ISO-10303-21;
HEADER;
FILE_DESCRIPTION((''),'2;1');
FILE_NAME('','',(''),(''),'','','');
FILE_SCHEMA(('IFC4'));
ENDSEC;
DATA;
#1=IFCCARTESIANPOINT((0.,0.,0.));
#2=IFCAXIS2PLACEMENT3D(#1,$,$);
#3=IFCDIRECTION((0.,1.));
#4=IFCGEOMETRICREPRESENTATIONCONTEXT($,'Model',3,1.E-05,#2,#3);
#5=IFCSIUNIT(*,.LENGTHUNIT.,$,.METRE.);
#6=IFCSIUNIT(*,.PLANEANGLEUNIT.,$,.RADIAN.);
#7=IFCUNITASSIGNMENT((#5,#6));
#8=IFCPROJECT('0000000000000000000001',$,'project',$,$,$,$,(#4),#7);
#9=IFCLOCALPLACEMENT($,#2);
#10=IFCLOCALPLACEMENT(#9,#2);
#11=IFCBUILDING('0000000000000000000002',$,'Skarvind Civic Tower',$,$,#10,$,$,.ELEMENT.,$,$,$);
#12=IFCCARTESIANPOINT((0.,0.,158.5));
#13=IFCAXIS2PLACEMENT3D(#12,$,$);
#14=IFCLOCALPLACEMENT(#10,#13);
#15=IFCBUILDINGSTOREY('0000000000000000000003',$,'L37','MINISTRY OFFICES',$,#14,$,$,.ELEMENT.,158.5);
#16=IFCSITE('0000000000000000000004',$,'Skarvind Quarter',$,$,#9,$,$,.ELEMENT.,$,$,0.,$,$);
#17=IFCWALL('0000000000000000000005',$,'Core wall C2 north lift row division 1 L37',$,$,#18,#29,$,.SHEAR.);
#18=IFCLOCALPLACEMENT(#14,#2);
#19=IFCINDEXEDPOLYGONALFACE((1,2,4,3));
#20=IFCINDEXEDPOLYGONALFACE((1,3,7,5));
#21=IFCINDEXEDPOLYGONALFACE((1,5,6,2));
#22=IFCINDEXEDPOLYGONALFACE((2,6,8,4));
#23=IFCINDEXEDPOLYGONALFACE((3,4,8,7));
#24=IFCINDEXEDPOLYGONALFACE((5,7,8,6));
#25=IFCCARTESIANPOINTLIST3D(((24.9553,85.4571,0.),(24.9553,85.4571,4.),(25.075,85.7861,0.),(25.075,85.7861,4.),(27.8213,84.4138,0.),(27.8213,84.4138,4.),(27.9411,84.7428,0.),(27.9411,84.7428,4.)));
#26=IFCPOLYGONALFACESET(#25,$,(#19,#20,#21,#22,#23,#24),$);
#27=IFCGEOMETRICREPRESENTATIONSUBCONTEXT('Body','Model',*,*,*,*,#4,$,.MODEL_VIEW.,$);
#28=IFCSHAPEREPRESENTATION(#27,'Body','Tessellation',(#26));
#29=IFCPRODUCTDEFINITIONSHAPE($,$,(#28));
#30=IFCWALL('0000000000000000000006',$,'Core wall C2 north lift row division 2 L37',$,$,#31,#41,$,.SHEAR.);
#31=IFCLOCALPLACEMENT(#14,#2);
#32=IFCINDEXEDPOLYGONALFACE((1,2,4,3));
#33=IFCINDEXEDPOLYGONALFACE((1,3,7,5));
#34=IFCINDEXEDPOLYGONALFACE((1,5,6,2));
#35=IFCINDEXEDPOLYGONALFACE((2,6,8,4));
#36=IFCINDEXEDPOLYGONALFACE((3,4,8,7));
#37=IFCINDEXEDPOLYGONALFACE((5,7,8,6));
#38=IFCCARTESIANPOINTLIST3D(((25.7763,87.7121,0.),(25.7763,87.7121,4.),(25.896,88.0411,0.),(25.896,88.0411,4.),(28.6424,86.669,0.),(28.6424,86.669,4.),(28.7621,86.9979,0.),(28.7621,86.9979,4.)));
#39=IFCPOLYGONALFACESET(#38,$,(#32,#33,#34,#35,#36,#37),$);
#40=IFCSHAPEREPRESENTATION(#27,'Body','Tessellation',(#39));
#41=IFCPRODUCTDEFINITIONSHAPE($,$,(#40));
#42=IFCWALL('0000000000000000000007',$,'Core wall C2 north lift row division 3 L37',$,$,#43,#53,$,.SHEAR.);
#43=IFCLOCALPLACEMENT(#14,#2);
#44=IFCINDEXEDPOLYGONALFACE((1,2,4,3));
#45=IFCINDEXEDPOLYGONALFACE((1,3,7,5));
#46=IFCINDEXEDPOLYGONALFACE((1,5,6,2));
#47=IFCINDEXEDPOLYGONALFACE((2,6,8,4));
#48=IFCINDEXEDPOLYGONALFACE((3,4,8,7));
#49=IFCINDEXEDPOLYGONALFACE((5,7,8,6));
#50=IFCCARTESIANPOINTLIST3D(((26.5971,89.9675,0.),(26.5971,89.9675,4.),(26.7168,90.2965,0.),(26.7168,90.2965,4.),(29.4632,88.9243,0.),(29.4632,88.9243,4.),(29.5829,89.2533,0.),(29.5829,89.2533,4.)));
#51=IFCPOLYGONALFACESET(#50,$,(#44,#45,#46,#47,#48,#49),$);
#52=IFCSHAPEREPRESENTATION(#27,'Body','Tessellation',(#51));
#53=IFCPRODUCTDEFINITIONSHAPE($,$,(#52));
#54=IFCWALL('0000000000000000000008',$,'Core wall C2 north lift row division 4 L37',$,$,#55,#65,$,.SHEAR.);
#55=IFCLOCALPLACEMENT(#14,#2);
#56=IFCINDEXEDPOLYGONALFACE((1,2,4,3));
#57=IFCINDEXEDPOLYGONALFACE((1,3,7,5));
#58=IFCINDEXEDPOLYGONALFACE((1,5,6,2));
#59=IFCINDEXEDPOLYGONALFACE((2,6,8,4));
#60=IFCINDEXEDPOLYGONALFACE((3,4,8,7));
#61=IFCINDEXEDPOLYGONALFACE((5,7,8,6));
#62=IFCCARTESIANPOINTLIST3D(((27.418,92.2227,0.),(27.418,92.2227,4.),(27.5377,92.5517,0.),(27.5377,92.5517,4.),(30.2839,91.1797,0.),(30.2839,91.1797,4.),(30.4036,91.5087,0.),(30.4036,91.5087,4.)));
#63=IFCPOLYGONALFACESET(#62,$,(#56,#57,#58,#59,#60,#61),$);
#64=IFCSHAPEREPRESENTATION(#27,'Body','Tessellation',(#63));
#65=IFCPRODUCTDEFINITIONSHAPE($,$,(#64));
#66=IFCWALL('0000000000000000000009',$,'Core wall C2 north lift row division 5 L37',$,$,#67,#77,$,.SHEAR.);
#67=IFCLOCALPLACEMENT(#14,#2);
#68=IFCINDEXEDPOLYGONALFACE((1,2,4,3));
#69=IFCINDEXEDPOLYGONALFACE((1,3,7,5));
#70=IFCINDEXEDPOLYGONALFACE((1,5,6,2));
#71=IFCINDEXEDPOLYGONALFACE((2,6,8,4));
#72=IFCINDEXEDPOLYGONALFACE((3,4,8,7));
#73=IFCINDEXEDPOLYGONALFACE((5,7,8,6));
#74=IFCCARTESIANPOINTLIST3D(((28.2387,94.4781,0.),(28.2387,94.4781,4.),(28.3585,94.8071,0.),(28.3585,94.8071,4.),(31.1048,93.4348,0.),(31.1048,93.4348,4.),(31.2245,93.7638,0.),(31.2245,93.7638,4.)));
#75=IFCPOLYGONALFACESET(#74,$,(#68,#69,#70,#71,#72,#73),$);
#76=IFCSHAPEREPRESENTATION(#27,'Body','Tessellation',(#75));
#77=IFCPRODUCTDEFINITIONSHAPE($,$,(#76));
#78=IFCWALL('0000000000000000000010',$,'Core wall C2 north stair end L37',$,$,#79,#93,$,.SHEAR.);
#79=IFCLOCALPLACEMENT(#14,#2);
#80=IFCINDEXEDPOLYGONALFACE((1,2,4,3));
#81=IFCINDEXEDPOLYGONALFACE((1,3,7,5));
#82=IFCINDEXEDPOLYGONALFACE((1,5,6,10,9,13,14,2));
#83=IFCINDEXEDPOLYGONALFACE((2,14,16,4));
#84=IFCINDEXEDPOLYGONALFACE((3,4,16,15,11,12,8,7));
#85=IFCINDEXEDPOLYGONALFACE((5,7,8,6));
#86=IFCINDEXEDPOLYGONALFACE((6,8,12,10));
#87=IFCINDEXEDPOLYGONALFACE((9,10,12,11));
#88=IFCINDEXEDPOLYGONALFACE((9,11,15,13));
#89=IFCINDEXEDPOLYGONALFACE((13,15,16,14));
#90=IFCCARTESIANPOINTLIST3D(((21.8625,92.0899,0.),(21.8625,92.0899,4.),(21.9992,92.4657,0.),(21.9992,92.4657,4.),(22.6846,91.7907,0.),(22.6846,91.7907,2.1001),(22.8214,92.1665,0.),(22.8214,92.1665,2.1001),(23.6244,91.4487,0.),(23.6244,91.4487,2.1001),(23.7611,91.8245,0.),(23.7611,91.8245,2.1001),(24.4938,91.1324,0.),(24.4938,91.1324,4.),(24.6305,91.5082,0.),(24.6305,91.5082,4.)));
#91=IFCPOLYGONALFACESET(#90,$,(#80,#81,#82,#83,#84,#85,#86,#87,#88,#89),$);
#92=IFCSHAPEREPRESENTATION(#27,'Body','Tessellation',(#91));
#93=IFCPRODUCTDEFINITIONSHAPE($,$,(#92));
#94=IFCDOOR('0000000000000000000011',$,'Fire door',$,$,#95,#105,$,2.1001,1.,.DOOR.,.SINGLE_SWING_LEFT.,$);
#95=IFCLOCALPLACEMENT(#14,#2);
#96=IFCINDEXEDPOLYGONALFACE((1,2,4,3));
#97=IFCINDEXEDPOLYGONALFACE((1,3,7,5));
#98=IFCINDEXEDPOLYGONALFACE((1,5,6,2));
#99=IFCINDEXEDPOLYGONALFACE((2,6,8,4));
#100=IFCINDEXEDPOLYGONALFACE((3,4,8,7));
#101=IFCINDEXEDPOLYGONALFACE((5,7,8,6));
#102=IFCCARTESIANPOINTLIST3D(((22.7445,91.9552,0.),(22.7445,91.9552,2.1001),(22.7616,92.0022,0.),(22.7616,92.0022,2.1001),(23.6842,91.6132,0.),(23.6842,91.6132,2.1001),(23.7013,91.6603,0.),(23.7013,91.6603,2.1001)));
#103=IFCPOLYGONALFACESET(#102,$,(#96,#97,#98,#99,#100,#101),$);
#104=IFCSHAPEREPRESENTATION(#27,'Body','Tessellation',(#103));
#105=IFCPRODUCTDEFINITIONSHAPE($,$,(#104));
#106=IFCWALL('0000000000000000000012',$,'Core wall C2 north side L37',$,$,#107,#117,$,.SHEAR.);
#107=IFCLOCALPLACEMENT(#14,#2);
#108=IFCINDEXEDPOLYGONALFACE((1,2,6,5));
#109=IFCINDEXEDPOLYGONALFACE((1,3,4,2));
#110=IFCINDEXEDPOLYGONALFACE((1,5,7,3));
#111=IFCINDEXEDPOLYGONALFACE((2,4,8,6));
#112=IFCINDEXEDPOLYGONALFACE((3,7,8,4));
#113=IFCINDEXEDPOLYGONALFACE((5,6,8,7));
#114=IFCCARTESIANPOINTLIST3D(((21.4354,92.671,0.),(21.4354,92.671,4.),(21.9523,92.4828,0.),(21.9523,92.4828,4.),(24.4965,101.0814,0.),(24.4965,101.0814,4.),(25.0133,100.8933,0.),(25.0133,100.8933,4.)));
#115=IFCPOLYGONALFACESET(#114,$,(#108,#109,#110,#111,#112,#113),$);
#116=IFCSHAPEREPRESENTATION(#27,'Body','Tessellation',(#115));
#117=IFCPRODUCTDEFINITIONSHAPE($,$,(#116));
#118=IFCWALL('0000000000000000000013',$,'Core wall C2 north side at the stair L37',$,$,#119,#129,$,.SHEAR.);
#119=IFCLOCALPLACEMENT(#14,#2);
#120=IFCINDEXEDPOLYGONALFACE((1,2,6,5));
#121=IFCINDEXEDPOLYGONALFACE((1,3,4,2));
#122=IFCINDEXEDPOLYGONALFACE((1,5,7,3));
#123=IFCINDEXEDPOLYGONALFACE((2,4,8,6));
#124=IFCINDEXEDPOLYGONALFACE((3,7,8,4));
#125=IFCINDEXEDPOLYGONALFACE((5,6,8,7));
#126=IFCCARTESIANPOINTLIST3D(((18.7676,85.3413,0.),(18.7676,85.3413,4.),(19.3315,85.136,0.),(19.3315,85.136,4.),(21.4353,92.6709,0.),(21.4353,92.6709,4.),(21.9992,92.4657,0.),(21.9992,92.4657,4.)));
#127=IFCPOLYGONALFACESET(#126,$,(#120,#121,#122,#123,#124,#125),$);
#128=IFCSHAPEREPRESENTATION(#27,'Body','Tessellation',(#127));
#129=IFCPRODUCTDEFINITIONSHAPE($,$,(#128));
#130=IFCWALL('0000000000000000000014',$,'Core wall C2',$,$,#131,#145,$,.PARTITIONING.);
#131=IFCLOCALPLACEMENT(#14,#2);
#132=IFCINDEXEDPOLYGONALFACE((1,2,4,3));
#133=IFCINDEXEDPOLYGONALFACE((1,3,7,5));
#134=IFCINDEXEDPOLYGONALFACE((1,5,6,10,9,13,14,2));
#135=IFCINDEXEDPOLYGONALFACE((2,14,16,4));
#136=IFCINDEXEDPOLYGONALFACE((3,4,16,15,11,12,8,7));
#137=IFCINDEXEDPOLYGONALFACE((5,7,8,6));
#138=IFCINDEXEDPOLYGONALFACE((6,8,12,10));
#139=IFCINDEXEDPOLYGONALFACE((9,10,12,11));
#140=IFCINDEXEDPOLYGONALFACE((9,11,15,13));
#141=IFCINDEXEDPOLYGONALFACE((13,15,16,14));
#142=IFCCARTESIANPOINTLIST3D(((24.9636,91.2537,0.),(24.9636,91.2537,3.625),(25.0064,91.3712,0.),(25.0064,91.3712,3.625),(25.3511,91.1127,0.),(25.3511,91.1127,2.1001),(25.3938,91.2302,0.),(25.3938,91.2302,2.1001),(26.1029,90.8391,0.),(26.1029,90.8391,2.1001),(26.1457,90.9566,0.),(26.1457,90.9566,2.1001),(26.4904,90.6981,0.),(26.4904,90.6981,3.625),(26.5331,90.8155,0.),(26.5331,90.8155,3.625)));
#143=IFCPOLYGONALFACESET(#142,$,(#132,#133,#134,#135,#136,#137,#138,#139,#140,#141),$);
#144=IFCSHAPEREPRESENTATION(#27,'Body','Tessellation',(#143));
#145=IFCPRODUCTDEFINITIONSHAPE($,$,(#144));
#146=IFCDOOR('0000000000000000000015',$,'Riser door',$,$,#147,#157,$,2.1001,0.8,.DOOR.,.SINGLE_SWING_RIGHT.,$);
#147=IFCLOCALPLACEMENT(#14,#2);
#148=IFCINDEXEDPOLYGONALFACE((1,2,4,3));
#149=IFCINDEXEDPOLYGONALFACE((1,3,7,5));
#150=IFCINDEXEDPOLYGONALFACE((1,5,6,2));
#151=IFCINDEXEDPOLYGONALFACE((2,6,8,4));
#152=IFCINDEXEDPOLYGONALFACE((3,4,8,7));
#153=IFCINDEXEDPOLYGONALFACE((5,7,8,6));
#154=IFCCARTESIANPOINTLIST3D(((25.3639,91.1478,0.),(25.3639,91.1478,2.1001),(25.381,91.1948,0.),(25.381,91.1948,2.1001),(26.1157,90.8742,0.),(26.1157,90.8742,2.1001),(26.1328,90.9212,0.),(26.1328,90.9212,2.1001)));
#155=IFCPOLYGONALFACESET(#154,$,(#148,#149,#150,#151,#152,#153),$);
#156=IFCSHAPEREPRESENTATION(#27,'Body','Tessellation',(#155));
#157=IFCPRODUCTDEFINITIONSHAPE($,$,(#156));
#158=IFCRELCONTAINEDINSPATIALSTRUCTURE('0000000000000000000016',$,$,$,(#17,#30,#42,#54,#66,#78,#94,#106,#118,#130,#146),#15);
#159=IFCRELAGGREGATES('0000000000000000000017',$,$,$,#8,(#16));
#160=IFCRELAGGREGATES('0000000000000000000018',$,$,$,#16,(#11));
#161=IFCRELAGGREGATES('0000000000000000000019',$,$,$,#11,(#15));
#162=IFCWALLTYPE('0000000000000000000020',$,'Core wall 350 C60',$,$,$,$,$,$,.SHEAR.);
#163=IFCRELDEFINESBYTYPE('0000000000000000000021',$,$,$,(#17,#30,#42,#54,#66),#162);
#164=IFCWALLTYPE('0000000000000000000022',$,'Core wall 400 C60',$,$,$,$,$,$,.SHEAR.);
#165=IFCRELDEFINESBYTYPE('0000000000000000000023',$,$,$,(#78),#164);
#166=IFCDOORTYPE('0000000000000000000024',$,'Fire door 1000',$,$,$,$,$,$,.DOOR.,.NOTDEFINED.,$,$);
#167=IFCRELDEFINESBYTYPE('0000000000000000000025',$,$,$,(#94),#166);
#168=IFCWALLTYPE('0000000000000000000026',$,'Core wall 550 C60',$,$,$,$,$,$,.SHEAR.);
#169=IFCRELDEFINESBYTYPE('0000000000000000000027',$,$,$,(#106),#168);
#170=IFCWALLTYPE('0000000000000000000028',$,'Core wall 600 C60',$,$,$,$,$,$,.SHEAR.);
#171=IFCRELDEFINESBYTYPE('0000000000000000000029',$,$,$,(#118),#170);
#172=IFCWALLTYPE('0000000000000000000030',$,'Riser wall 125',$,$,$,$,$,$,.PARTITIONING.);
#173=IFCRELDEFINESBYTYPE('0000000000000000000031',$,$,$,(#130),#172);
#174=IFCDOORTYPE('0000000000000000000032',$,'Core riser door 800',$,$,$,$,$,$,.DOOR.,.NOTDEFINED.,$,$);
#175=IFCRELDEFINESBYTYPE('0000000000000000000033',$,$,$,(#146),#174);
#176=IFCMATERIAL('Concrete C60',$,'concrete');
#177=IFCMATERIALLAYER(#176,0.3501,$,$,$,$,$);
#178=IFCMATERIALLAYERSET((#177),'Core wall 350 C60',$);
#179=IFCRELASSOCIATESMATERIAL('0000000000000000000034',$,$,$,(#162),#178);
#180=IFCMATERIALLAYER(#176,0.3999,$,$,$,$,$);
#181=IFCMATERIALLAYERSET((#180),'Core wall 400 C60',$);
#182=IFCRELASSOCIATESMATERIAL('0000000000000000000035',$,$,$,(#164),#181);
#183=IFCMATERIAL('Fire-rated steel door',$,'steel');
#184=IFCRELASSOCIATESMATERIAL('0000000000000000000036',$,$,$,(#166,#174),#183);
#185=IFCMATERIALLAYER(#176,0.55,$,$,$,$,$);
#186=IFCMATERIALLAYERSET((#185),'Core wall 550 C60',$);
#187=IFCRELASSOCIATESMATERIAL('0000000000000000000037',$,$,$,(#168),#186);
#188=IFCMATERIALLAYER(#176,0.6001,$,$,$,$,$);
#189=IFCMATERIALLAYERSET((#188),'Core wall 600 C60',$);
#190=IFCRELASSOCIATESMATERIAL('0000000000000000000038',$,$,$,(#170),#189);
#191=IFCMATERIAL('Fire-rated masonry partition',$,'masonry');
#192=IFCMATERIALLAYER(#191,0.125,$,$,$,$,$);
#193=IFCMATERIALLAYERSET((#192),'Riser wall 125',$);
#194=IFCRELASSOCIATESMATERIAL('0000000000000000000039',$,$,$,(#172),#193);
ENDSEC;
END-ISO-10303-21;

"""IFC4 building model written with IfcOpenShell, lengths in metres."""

from ifc_helpers import new_model, si_unit, direction, frame, frame_2d, origin, place, context, subcontext, project, spatial, rectangle, extrude, material, layer, layer_set, type_object, element, fill, save


model = new_model("IFC4")

# Units and contexts
model_context = context("Model", 3, precision=1e-05, world=origin(), true_north=direction((0.0, 1.0)))
body_context = subcontext(model_context, "Body", "Model", "MODEL_VIEW")
ifc_project = project(units=[si_unit("LENGTHUNIT", "METRE"), si_unit("PLANEANGLEUNIT", "RADIAN")], contexts=[model_context])

# Site, building, storey
site_placement = place(None, origin())
site = spatial("IfcSite", under=ifc_project, at=site_placement, Name="Skarvind Quarter", CompositionType="ELEMENT", RefElevation=0.0)
building_placement = place(site_placement, origin())
building = spatial("IfcBuilding", under=site, at=building_placement, Name="Skarvind Civic Tower", CompositionType="ELEMENT")
storey_placement = place(building_placement, frame((0.0, 0.0, 158.5)))
storey = spatial("IfcBuildingStorey", under=building, at=storey_placement, Name="L37", Description="MINISTRY OFFICES", CompositionType="ELEMENT", Elevation=158.5)

# Walls
ifc_material_1 = material(Name="Concrete C60", Category="concrete")
ifc_layer_1 = layer(ifc_material_1, 0.3501)
ifc_layer_set_1 = layer_set([ifc_layer_1], Name="Core wall 350 C60")
wall_type_1 = type_object("IfcWallType", Name="Core wall 350 C60", PredefinedType="SHEAR", material=ifc_layer_set_1)
for number, where, z_axis, x_axis, name in (
    (1, (27.8811, 84.5784, 0.0), (0.0, 0.0, 1.0), (-0.939684, 0.342045, 0.0), "Core wall C2 north lift row division 1 L37"),
    (2, (28.7021, 86.8335, 0.0), (0.0, 0.0, 1.0), (-0.939693, 0.342019, 0.0), "Core wall C2 north lift row division 2 L37"),
    (3, (29.5229, 89.0889, 0.0), (0.0, 0.0, 1.0), (-0.939693, 0.342019, 0.0), "Core wall C2 north lift row division 3 L37"),
):
    element("IfcWall", number, at=place(storey_placement, frame(where, z_axis=z_axis, x_axis=x_axis)), inside=storey, type_object=wall_type_1, Name=name, PredefinedType="SHEAR", context=body_context, shape_type="SweptSolid", body=[
        extrude(rectangle(XDim=3.05, YDim=0.3501, at=frame_2d((1.5249, 0.0))), origin(), (0.0, 0.0, 1.0), 4.0),
    ])
wall_1_placement = place(storey_placement, frame((30.3438, 91.3442, 0.0), z_axis=(0.0, 0.0, 1.0), x_axis=(-0.939709, 0.341974, 0.0)))
element("IfcWall", 4, at=wall_1_placement, inside=storey, type_object=wall_type_1, Name="Core wall C2 north lift row division 4 L37", PredefinedType="SHEAR", context=body_context, shape_type="SweptSolid", body=[
    extrude(rectangle(XDim=3.0498, YDim=0.3501, at=frame_2d((1.5249, 0.0))), origin(), (0.0, 0.0, 1.0), 4.0),
])
wall_2_placement = place(storey_placement, frame((31.1646, 93.5994, 0.0), z_axis=(0.0, 0.0, 1.0), x_axis=(-0.939684, 0.342045, 0.0)))
element("IfcWall", 5, at=wall_2_placement, inside=storey, type_object=wall_type_1, Name="Core wall C2 north lift row division 5 L37", PredefinedType="SHEAR", context=body_context, shape_type="SweptSolid", body=[
    extrude(rectangle(XDim=3.05, YDim=0.3501, at=frame_2d((1.5249, 0.0))), origin(), (0.0, 0.0, 1.0), 4.0),
])

# Wall, opening, door
ifc_layer_2 = layer(ifc_material_1, 0.3999)
ifc_layer_set_2 = layer_set([ifc_layer_2], Name="Core wall 400 C60")
wall_type_2 = type_object("IfcWallType", Name="Core wall 400 C60", PredefinedType="SHEAR", material=ifc_layer_set_2)
wall_3_placement = place(storey_placement, frame((24.562, 91.3203, 0.0), z_axis=(0.0, 0.0, 1.0), x_axis=(-0.939717, 0.341953, 0.0)))
wall_3 = element("IfcWall", 6, at=wall_3_placement, inside=storey, type_object=wall_type_2, Name="Core wall C2 north stair end L37", PredefinedType="SHEAR", context=body_context, shape_type="SweptSolid", body=[
    extrude(rectangle(XDim=2.8, YDim=0.3999, at=frame_2d((1.3999, 0.0))), origin(), (0.0, 0.0, 1.0), 4.0),
])
opening_1_placement = place(wall_3_placement, frame((0.925, 0.0, 0.0)))
opening_1 = element("IfcOpeningElement", 7, at=opening_1_placement, cuts=wall_3, PredefinedType="OPENING", context=body_context, shape_type="SweptSolid", body=[
    extrude(rectangle(XDim=1.0, YDim=2.1001, at=frame_2d((0.5, 1.05))), frame((0.0, 0.21, 0.0), z_axis=(0.0, -1.0, 0.0), x_axis=(1.0, 0.0, 0.0)), (0.0, 0.0, 1.0), 0.4199),
])
ifc_material_2 = material(Name="Fire-rated steel door", Category="steel")
door_type_1 = type_object("IfcDoorType", Name="Fire door 1000", OperationType="NOTDEFINED", PredefinedType="DOOR", material=ifc_material_2)
door_1_placement = place(opening_1_placement, origin())
door_1 = element("IfcDoor", 8, at=door_1_placement, inside=storey, type_object=door_type_1, Name="Fire door", OperationType="SINGLE_SWING_LEFT", OverallHeight=2.1001, OverallWidth=1.0, PredefinedType="DOOR", context=body_context, shape_type="SweptSolid", body=[
    extrude(rectangle(XDim=1.0, YDim=2.1001, at=frame_2d((0.5, 1.05))), frame((0.0, 0.0249, 0.0), z_axis=(0.0, -1.0, 0.0), x_axis=(1.0, 0.0, 0.0)), (0.0, 0.0, 1.0), 0.05),
])
fill(opening_1, door_1)

# Walls
ifc_layer_3 = layer(ifc_material_1, 0.55)
ifc_layer_set_3 = layer_set([ifc_layer_3], Name="Core wall 550 C60")
wall_type_3 = type_object("IfcWallType", Name="Core wall 550 C60", PredefinedType="SHEAR", material=ifc_layer_set_3)
wall_4_placement = place(storey_placement, frame((21.6938, 92.5769, 0.0), z_axis=(0.0, 0.0, 1.0), x_axis=(0.34201, 0.939696, 0.0)))
element("IfcWall", 9, at=wall_4_placement, inside=storey, type_object=wall_type_3, Name="Core wall C2 north side L37", PredefinedType="SHEAR", context=body_context, shape_type="SweptSolid", body=[
    extrude(rectangle(XDim=8.9502, YDim=0.55, at=frame_2d((4.4751, 0.0))), origin(), (0.0, 0.0, 1.0), 4.0),
])
ifc_layer_4 = layer(ifc_material_1, 0.6001)
ifc_layer_set_4 = layer_set([ifc_layer_4], Name="Core wall 600 C60")
wall_type_4 = type_object("IfcWallType", Name="Core wall 600 C60", PredefinedType="SHEAR", material=ifc_layer_set_4)
wall_5_placement = place(storey_placement, frame((19.0496, 85.2388, 0.0), z_axis=(0.0, 0.0, 1.0), x_axis=(0.342017, 0.939694, 0.0)))
element("IfcWall", 10, at=wall_5_placement, inside=storey, type_object=wall_type_4, Name="Core wall C2 north side at the stair L37", PredefinedType="SHEAR", context=body_context, shape_type="SweptSolid", body=[
    extrude(rectangle(XDim=7.8, YDim=0.6001, at=frame_2d((3.8999, 0.0))), origin(), (0.0, 0.0, 1.0), 4.0),
])

# Wall, opening, door
ifc_material_3 = material(Name="Fire-rated masonry partition", Category="masonry")
ifc_layer_5 = layer(ifc_material_3, 0.125)
ifc_layer_set_5 = layer_set([ifc_layer_5], Name="Riser wall 125")
wall_type_5 = type_object("IfcWallType", Name="Riser wall 125", PredefinedType="PARTITIONING", material=ifc_layer_set_5)
wall_6_placement = place(storey_placement, frame((24.9849, 91.3125, 0.0), z_axis=(0.0, 0.0, 1.0), x_axis=(0.939706, -0.341984, 0.0)))
wall_6 = element("IfcWall", 11, at=wall_6_placement, inside=storey, type_object=wall_type_5, Name="Core wall C2", PredefinedType="PARTITIONING", context=body_context, shape_type="SweptSolid", body=[
    extrude(rectangle(XDim=1.6248, YDim=0.125, at=frame_2d((0.8125, 0.0))), origin(), (0.0, 0.0, 1.0), 3.625),
])
opening_2_placement = place(wall_6_placement, frame((0.4126, 0.0, 0.0)))
opening_2 = element("IfcOpeningElement", 12, at=opening_2_placement, cuts=wall_6, PredefinedType="OPENING", context=body_context, shape_type="SweptSolid", body=[
    extrude(rectangle(XDim=0.8, YDim=2.1001, at=frame_2d((0.3999, 1.05))), frame((0.0, 0.0725, 0.0), z_axis=(0.0, -1.0, 0.0), x_axis=(1.0, 0.0, 0.0)), (0.0, 0.0, 1.0), 0.145),
])
door_type_2 = type_object("IfcDoorType", Name="Core riser door 800", OperationType="NOTDEFINED", PredefinedType="DOOR", material=ifc_material_2)
door_2_placement = place(opening_2_placement, origin())
door_2 = element("IfcDoor", 13, at=door_2_placement, inside=storey, type_object=door_type_2, Name="Riser door", OperationType="SINGLE_SWING_RIGHT", OverallHeight=2.1001, OverallWidth=0.8, PredefinedType="DOOR", context=body_context, shape_type="SweptSolid", body=[
    extrude(rectangle(XDim=0.8, YDim=2.1001, at=frame_2d((0.3999, 1.05))), frame((0.0, 0.0249, 0.0), z_axis=(0.0, -1.0, 0.0), x_axis=(1.0, 0.0, 0.0)), (0.0, 0.0, 1.0), 0.05),
])
fill(opening_2, door_2)

save(model, "model.ifc")
